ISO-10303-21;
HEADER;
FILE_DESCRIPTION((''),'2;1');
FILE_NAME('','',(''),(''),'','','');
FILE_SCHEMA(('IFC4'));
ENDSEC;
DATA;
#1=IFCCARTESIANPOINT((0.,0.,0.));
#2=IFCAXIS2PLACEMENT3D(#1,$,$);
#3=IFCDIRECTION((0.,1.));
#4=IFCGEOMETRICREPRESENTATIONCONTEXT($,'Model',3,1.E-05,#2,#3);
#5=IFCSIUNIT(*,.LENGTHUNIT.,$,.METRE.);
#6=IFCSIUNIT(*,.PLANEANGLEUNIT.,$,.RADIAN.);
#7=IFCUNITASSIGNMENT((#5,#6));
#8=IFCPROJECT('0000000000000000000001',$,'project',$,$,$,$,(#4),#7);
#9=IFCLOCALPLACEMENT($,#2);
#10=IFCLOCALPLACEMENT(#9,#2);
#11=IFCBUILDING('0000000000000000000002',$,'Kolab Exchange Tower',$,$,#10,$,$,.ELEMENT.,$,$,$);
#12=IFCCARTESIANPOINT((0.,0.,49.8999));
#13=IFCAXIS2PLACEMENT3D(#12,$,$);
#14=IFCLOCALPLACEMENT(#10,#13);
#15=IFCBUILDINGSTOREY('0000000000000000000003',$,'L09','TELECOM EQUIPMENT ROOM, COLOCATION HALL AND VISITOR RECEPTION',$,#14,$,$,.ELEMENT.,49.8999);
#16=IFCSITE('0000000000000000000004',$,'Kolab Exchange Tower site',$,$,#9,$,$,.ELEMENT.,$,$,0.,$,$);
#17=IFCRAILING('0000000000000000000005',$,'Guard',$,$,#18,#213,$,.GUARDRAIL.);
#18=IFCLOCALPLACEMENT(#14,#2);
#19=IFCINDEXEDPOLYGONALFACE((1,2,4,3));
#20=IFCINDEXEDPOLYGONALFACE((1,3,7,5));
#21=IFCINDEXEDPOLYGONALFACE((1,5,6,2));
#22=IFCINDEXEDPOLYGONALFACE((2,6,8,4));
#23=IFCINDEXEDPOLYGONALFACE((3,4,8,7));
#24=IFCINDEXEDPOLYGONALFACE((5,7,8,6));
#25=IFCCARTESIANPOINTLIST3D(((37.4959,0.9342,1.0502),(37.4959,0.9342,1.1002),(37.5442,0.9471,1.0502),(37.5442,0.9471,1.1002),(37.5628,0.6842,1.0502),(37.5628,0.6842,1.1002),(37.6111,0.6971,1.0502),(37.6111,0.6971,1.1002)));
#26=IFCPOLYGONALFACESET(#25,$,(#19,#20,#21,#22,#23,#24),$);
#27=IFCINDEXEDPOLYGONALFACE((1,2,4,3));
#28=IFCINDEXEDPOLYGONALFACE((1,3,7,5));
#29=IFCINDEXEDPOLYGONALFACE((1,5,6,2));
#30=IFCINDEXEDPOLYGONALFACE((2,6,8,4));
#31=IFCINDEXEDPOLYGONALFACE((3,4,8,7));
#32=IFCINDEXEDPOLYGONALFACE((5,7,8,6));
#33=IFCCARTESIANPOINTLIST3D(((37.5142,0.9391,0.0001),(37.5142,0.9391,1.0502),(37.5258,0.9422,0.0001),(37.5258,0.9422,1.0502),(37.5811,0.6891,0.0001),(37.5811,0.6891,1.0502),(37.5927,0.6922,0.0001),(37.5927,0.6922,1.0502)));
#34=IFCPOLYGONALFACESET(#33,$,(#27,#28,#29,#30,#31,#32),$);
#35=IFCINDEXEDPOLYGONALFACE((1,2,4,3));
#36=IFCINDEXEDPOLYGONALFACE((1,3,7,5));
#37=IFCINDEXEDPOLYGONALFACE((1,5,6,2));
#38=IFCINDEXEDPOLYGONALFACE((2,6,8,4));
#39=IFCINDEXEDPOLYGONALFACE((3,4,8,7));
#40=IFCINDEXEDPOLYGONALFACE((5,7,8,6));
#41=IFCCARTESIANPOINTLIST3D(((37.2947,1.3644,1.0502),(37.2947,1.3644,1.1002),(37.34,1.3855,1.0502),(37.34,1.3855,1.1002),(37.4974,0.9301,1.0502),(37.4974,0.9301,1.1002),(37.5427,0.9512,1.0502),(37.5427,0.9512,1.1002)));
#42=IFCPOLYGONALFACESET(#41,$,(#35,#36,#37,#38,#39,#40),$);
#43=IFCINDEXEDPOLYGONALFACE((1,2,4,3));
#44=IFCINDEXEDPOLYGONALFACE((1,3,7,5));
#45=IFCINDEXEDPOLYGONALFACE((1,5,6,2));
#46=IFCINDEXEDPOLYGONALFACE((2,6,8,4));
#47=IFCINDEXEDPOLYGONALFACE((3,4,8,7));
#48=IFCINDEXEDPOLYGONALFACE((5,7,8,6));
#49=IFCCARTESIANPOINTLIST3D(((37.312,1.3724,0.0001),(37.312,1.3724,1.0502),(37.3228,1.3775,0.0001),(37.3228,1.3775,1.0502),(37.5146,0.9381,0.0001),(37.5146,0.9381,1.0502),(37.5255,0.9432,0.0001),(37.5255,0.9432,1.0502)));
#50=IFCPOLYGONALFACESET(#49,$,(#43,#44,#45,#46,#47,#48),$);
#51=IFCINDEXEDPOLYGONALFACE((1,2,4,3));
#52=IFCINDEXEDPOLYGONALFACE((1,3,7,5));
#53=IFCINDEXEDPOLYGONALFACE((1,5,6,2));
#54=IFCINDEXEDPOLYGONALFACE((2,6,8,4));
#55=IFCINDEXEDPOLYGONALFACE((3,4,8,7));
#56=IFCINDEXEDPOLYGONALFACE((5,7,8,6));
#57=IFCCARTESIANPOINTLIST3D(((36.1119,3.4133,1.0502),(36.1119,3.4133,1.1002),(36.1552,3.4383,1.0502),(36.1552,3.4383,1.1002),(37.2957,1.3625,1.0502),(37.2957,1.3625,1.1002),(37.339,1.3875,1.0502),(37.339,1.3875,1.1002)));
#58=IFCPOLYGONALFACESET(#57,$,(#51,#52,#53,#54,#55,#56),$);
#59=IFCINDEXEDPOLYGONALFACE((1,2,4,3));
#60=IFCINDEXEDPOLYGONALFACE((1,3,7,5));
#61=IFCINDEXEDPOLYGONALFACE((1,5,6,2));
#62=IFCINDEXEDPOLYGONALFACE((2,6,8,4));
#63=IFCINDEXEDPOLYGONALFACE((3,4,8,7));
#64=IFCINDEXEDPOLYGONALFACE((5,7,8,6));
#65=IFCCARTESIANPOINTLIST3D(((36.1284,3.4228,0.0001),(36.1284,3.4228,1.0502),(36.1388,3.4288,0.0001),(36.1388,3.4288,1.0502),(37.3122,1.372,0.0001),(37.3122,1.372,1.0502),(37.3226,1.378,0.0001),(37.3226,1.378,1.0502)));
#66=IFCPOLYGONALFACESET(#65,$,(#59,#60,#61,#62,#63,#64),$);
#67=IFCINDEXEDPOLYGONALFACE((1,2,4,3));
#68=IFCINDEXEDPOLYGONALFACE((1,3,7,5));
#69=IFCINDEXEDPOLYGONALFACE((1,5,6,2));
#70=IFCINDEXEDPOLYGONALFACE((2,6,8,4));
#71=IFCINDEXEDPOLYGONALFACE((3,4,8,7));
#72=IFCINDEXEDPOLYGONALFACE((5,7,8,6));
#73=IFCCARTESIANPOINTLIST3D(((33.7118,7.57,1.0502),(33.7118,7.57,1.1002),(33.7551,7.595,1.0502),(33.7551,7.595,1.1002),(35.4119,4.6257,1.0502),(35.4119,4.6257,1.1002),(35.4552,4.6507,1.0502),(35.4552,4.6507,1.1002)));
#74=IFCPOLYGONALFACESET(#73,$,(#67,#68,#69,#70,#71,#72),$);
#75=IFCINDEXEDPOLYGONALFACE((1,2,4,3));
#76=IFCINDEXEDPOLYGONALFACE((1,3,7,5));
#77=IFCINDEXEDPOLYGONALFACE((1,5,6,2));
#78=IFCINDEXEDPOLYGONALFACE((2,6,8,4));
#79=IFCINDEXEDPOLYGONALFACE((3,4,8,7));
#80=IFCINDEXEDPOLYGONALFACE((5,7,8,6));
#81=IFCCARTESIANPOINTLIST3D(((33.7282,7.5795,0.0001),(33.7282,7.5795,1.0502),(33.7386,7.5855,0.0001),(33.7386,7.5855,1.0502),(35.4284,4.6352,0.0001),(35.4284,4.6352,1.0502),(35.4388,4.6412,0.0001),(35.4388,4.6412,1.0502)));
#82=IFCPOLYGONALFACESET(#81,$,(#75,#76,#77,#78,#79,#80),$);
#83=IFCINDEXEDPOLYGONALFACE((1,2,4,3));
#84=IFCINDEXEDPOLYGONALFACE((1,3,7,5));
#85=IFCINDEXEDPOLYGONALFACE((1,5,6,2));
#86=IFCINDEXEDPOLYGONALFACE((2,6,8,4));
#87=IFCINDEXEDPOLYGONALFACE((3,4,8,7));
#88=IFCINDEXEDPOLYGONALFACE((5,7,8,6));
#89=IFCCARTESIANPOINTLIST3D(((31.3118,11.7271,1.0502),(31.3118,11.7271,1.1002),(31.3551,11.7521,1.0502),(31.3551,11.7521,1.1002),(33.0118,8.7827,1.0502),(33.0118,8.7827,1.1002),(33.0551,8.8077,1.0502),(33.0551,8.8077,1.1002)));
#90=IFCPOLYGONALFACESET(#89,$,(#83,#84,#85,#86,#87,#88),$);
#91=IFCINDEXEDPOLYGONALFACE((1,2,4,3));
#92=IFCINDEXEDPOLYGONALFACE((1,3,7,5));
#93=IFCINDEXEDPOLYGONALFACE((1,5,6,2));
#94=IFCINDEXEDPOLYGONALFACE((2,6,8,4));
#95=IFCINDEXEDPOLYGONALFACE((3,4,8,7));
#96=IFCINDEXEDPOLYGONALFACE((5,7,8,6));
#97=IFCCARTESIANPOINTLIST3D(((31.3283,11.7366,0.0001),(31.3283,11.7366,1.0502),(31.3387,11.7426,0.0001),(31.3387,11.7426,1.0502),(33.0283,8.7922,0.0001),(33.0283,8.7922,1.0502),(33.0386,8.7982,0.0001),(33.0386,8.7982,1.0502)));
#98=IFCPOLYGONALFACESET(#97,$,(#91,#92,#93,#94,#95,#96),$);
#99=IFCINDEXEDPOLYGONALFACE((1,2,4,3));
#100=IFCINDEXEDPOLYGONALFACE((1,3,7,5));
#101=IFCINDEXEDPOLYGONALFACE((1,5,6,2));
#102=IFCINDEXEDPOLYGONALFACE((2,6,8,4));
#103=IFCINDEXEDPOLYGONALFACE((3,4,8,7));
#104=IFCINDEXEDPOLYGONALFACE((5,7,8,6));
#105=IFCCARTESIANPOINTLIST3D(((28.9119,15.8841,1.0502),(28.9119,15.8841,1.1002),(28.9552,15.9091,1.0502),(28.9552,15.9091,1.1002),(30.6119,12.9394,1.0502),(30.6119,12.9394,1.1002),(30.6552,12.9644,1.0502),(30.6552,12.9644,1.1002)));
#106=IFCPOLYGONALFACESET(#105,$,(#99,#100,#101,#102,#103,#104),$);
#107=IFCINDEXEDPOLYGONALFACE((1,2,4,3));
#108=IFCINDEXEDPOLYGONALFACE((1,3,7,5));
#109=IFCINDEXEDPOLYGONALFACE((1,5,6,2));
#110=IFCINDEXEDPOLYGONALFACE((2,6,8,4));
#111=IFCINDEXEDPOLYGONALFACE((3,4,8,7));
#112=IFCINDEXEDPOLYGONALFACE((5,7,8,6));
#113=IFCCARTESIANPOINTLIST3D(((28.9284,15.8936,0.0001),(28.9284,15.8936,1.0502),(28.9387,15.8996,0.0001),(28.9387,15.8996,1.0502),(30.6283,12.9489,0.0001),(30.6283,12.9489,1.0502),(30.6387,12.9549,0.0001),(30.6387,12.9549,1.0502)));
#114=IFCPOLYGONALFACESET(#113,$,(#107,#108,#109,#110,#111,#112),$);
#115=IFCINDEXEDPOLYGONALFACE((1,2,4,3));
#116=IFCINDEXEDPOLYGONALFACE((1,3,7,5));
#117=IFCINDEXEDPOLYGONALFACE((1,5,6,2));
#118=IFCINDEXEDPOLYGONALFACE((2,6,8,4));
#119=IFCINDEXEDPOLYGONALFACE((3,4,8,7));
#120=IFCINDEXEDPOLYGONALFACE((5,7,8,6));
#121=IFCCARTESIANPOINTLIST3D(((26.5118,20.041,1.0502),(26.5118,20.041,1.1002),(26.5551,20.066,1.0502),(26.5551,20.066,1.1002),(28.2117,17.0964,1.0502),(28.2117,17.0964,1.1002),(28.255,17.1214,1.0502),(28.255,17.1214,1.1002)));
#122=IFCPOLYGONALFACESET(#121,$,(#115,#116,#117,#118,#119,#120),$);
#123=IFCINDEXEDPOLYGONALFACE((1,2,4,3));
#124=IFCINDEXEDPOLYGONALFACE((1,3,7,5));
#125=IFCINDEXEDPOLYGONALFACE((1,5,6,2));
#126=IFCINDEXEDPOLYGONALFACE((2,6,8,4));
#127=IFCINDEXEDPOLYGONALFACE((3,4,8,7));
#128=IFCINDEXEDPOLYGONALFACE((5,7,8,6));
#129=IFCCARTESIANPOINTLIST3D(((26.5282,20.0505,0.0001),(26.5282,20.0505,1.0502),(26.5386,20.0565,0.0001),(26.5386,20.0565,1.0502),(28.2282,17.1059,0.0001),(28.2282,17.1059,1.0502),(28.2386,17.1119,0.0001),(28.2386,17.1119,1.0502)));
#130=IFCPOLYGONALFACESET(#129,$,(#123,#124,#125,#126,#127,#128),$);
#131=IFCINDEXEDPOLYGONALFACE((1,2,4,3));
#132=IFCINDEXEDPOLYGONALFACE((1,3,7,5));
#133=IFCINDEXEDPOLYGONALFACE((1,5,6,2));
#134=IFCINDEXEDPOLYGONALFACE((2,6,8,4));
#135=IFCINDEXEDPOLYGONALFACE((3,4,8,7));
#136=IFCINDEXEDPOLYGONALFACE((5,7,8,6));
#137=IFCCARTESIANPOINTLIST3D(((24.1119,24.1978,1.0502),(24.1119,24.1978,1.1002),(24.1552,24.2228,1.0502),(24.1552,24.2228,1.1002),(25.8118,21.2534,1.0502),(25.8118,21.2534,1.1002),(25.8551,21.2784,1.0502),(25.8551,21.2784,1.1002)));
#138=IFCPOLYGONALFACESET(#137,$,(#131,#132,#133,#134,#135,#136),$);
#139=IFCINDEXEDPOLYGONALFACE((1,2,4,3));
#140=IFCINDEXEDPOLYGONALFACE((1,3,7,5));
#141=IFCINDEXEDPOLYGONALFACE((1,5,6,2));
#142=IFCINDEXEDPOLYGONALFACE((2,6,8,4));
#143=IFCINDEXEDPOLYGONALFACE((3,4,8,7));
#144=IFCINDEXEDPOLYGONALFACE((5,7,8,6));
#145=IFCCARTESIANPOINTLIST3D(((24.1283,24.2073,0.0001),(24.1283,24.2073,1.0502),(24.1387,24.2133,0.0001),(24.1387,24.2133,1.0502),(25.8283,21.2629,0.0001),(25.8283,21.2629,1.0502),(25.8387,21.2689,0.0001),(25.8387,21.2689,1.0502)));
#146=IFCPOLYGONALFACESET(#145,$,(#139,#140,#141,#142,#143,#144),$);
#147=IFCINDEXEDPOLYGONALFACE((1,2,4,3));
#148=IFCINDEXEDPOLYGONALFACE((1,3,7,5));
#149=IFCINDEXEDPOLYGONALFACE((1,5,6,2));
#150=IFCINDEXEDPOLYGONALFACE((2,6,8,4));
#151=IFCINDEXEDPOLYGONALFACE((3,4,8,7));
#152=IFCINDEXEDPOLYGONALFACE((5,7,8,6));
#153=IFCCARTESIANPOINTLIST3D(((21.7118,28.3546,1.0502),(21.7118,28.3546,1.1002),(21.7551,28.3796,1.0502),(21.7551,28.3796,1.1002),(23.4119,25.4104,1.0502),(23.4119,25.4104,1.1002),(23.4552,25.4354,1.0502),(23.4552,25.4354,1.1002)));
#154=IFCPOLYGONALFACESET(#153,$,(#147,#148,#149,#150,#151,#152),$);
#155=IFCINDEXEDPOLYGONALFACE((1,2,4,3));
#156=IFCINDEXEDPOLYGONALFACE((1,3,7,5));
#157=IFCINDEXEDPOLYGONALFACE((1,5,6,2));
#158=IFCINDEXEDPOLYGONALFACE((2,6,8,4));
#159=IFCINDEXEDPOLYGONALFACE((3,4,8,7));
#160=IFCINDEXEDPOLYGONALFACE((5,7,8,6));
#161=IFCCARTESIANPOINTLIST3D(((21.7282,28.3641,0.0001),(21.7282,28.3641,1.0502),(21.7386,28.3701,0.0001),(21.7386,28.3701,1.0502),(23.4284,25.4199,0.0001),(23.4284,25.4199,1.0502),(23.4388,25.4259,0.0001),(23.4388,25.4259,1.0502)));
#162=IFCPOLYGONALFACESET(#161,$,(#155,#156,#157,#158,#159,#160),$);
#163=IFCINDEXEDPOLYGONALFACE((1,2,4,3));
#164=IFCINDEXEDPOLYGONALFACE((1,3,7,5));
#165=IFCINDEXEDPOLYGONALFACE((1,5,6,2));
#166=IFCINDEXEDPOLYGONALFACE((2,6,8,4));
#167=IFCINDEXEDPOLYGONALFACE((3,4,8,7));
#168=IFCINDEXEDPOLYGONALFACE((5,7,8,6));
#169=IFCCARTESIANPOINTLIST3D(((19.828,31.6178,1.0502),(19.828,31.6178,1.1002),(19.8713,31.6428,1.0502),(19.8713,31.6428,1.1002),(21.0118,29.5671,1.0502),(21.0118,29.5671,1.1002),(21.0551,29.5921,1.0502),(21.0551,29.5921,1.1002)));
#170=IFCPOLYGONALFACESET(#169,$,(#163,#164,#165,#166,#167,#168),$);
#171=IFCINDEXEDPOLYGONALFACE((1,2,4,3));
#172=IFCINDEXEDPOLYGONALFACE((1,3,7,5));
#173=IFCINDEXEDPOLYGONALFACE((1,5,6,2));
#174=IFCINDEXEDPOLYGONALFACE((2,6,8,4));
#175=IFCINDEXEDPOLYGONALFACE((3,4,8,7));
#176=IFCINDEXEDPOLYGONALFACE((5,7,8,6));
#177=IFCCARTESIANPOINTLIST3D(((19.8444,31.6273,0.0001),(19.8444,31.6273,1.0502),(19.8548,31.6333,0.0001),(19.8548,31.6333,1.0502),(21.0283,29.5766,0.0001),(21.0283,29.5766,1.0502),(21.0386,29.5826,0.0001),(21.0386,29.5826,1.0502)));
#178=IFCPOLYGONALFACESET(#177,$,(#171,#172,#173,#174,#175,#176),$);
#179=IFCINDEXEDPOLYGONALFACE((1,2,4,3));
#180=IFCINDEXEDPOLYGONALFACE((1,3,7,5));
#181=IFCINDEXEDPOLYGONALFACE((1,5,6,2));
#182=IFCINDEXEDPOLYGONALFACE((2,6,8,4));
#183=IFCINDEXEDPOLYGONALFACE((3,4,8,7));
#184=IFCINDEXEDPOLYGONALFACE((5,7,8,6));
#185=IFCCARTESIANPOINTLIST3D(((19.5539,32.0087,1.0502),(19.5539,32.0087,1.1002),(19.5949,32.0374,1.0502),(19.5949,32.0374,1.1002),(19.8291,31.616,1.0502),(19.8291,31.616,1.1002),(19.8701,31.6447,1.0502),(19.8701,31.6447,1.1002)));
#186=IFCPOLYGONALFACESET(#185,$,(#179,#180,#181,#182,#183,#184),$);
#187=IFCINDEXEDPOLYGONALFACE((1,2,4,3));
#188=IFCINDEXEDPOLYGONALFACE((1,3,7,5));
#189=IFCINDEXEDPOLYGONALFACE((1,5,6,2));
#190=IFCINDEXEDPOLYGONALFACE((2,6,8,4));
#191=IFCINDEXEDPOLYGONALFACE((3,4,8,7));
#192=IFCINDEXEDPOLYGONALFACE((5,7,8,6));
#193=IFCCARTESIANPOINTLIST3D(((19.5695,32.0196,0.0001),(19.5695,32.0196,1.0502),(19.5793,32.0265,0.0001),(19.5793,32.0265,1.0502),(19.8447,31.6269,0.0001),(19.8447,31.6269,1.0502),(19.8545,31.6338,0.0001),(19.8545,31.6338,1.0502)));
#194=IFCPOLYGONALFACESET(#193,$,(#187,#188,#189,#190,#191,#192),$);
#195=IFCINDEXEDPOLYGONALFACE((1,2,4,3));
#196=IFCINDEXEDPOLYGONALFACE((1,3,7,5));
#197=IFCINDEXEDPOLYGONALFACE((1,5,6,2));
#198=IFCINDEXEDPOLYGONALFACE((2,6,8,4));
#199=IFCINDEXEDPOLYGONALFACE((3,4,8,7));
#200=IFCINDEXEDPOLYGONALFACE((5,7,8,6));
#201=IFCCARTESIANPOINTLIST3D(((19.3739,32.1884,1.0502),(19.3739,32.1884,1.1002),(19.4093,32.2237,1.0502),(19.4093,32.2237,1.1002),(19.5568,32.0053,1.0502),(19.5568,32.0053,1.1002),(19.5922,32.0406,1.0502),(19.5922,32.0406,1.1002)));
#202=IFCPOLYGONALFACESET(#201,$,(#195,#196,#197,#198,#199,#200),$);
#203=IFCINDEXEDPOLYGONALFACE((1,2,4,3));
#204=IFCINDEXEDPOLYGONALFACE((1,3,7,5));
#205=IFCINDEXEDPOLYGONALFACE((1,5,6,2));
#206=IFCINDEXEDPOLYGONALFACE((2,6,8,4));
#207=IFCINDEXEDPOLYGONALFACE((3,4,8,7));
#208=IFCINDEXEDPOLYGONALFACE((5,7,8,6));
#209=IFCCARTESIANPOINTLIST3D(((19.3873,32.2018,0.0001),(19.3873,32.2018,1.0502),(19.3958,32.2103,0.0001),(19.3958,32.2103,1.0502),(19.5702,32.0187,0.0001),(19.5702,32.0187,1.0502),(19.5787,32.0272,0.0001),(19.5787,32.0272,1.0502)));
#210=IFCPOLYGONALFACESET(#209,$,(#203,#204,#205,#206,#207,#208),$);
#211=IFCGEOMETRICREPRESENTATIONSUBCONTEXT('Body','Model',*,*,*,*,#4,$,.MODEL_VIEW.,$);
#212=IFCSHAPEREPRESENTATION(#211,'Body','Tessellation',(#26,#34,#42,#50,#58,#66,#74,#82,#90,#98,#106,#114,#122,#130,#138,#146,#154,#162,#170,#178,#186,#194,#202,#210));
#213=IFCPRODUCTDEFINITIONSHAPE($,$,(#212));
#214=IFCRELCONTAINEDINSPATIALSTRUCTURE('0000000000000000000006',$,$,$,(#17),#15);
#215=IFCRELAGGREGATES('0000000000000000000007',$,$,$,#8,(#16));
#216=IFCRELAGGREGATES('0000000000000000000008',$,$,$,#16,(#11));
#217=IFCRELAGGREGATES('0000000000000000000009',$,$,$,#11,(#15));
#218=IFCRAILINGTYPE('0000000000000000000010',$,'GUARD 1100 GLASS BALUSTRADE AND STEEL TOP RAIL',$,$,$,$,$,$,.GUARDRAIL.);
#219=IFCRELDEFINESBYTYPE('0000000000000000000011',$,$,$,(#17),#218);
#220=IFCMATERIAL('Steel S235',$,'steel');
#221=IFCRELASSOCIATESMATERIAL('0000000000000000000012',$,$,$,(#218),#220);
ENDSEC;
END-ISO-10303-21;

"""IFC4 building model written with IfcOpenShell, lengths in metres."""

from ifc_helpers import new_model, si_unit, direction, frame, frame_2d, origin, origin_2d, place, context, subcontext, project, spatial, rectangle, extrude, material, type_object, element, save


model = new_model("IFC4")

# Units and contexts
model_context = context("Model", 3, precision=1e-05, world=origin(), true_north=direction((0.0, 1.0)))
body_context = subcontext(model_context, "Body", "Model", "MODEL_VIEW")
ifc_project = project(units=[si_unit("LENGTHUNIT", "METRE"), si_unit("PLANEANGLEUNIT", "RADIAN")], contexts=[model_context])

# Site, building, storey
site_placement = place(None, origin())
site = spatial("IfcSite", under=ifc_project, at=site_placement, Name="Kolab Exchange Tower site", CompositionType="ELEMENT", RefElevation=0.0)
building_placement = place(site_placement, origin())
building = spatial("IfcBuilding", under=site, at=building_placement, Name="Kolab Exchange Tower", CompositionType="ELEMENT")
storey_placement = place(building_placement, frame((0.0, 0.0, 49.8999)))
storey = spatial("IfcBuildingStorey", under=building, at=storey_placement, Name="L09", Description="TELECOM EQUIPMENT ROOM, COLOCATION HALL AND VISITOR RECEPTION", CompositionType="ELEMENT", Elevation=49.8999)

# Railing
ifc_material_1 = material(Name="Steel S235", Category="steel")
railing_type = type_object("IfcRailingType", Name="GUARD 1100 GLASS BALUSTRADE AND STEEL TOP RAIL", PredefinedType="GUARDRAIL", material=ifc_material_1)
railing_placement = place(storey_placement, frame((37.5869, 0.6907, 0.0)))
element("IfcRailing", 1, at=railing_placement, inside=storey, type_object=railing_type, Name="Guard", PredefinedType="GUARDRAIL", context=body_context, shape_type="SweptSolid", body=[
    extrude(rectangle(XDim=0.05, YDim=0.05, at=origin_2d()), frame((0.0, 0.0, 1.0752), z_axis=(-0.258485, 0.966015, 0.0), x_axis=(-0.966015, -0.258485, 0.0)), (0.0, 0.0, 1.0), 0.2588),
    extrude(rectangle(XDim=0.012, YDim=1.0501, at=frame_2d((0.0, 0.5251))), frame((0.0, 0.0, 0.0), z_axis=(-0.258485, 0.966015, 0.0), x_axis=(-0.966015, -0.258485, 0.0)), (0.0, 0.0, 1.0), 0.2588),
    extrude(rectangle(XDim=0.05, YDim=0.05, at=origin_2d()), frame((-0.0669, 0.25, 1.0752), z_axis=(-0.422802, 0.906222, 0.0), x_axis=(-0.906222, -0.422802, 0.0)), (0.0, 0.0, 1.0), 0.4792),
    extrude(rectangle(XDim=0.012, YDim=1.0501, at=frame_2d((0.0, 0.5251))), frame((-0.0669, 0.25, 0.0), z_axis=(-0.422802, 0.906222, 0.0), x_axis=(-0.906222, -0.422802, 0.0)), (0.0, 0.0, 1.0), 0.4792),
    extrude(rectangle(XDim=0.05, YDim=0.05, at=origin_2d()), frame((-0.2695, 0.6843, 1.0752), z_axis=(-0.499943, 0.866059, 0.0), x_axis=(-0.866059, -0.499943, 0.0)), (0.0, 0.0, 1.0), 2.3679),
    extrude(rectangle(XDim=0.012, YDim=1.0501, at=frame_2d((0.0, 0.5251))), frame((-0.2695, 0.6843, 0.0), z_axis=(-0.499943, 0.866059, 0.0), x_axis=(-0.866059, -0.499943, 0.0)), (0.0, 0.0, 1.0), 2.3679),
    extrude(rectangle(XDim=0.05, YDim=0.05, at=origin_2d()), frame((-2.1533, 3.9475, 1.0752), z_axis=(-0.500062, 0.865989, 0.0), x_axis=(-0.865989, -0.500062, 0.0)), (0.0, 0.0, 1.0), 3.3999),
    extrude(rectangle(XDim=0.012, YDim=1.0501, at=frame_2d((0.0, 0.5251))), frame((-2.1533, 3.9475, 0.0), z_axis=(-0.500062, 0.865989, 0.0), x_axis=(-0.865989, -0.500062, 0.0)), (0.0, 0.0, 1.0), 3.3999),
    extrude(rectangle(XDim=0.05, YDim=0.05, at=origin_2d()), frame((-4.5535, 8.1045, 1.0752), z_axis=(-0.500008, 0.866021, 0.0), x_axis=(-0.866021, -0.500008, 0.0)), (0.0, 0.0, 1.0), 3.3999),
    extrude(rectangle(XDim=0.012, YDim=1.0501, at=frame_2d((0.0, 0.5251))), frame((-4.5535, 8.1045, 0.0), z_axis=(-0.500008, 0.866021, 0.0), x_axis=(-0.866021, -0.500008, 0.0)), (0.0, 0.0, 1.0), 3.3999),
    extrude(rectangle(XDim=0.05, YDim=0.05, at=origin_2d()), frame((-6.9534, 12.2612, 1.0752), z_axis=(-0.499977, 0.866039, 0.0), x_axis=(-0.866039, -0.499977, 0.0)), (0.0, 0.0, 1.0), 3.4001),
    extrude(rectangle(XDim=0.012, YDim=1.0501, at=frame_2d((0.0, 0.5251))), frame((-6.9534, 12.2612, 0.0), z_axis=(-0.499977, 0.866039, 0.0), x_axis=(-0.866039, -0.499977, 0.0)), (0.0, 0.0, 1.0), 3.4001),
    extrude(rectangle(XDim=0.05, YDim=0.05, at=origin_2d()), frame((-9.3535, 16.4182, 1.0752), z_axis=(-0.499977, 0.866039, 0.0), x_axis=(-0.866039, -0.499977, 0.0)), (0.0, 0.0, 1.0), 3.4001),
    extrude(rectangle(XDim=0.012, YDim=1.0501, at=frame_2d((0.0, 0.5251))), frame((-9.3535, 16.4182, 0.0), z_axis=(-0.499977, 0.866039, 0.0), x_axis=(-0.866039, -0.499977, 0.0)), (0.0, 0.0, 1.0), 3.4001),
    extrude(rectangle(XDim=0.05, YDim=0.05, at=origin_2d()), frame((-11.7534, 20.5752, 1.0752), z_axis=(-0.500008, 0.866021, 0.0), x_axis=(-0.866021, -0.500008, 0.0)), (0.0, 0.0, 1.0), 3.3999),
    extrude(rectangle(XDim=0.012, YDim=1.0501, at=frame_2d((0.0, 0.5251))), frame((-11.7534, 20.5752, 0.0), z_axis=(-0.500008, 0.866021, 0.0), x_axis=(-0.866021, -0.500008, 0.0)), (0.0, 0.0, 1.0), 3.3999),
    extrude(rectangle(XDim=0.05, YDim=0.05, at=origin_2d()), frame((-14.1533, 24.7322, 1.0752), z_axis=(-0.500062, 0.865989, 0.0), x_axis=(-0.865989, -0.500062, 0.0)), (0.0, 0.0, 1.0), 3.3999),
    extrude(rectangle(XDim=0.012, YDim=1.0501, at=frame_2d((0.0, 0.5251))), frame((-14.1533, 24.7322, 0.0), z_axis=(-0.500062, 0.865989, 0.0), x_axis=(-0.865989, -0.500062, 0.0)), (0.0, 0.0, 1.0), 3.3999),
    extrude(rectangle(XDim=0.05, YDim=0.05, at=origin_2d()), frame((-16.5535, 28.8889, 1.0752), z_axis=(-0.499943, 0.866059, 0.0), x_axis=(-0.866059, -0.499943, 0.0)), (0.0, 0.0, 1.0), 2.3679),
    extrude(rectangle(XDim=0.012, YDim=1.0501, at=frame_2d((0.0, 0.5251))), frame((-16.5535, 28.8889, 0.0), z_axis=(-0.499943, 0.866059, 0.0), x_axis=(-0.866059, -0.499943, 0.0)), (0.0, 0.0, 1.0), 2.3679),
    extrude(rectangle(XDim=0.05, YDim=0.05, at=origin_2d()), frame((-17.7373, 30.9397, 1.0752), z_axis=(-0.573941, 0.818897, 0.0), x_axis=(-0.818897, -0.573941, 0.0)), (0.0, 0.0, 1.0), 0.4795),
    extrude(rectangle(XDim=0.012, YDim=1.0501, at=frame_2d((0.0, 0.5251))), frame((-17.7373, 30.9397, 0.0), z_axis=(-0.573941, 0.818897, 0.0), x_axis=(-0.818897, -0.573941, 0.0)), (0.0, 0.0, 1.0), 0.4795),
    extrude(rectangle(XDim=0.05, YDim=0.05, at=origin_2d()), frame((-18.0125, 31.3323, 1.0752), z_axis=(-0.706635, 0.707578, 0.0), x_axis=(-0.707578, -0.706635, 0.0)), (0.0, 0.0, 1.0), 0.2588),
    extrude(rectangle(XDim=0.012, YDim=1.0501, at=frame_2d((0.0, 0.5251))), frame((-18.0125, 31.3323, 0.0), z_axis=(-0.706635, 0.707578, 0.0), x_axis=(-0.707578, -0.706635, 0.0)), (0.0, 0.0, 1.0), 0.2588),
])

save(model, "model.ifc")
